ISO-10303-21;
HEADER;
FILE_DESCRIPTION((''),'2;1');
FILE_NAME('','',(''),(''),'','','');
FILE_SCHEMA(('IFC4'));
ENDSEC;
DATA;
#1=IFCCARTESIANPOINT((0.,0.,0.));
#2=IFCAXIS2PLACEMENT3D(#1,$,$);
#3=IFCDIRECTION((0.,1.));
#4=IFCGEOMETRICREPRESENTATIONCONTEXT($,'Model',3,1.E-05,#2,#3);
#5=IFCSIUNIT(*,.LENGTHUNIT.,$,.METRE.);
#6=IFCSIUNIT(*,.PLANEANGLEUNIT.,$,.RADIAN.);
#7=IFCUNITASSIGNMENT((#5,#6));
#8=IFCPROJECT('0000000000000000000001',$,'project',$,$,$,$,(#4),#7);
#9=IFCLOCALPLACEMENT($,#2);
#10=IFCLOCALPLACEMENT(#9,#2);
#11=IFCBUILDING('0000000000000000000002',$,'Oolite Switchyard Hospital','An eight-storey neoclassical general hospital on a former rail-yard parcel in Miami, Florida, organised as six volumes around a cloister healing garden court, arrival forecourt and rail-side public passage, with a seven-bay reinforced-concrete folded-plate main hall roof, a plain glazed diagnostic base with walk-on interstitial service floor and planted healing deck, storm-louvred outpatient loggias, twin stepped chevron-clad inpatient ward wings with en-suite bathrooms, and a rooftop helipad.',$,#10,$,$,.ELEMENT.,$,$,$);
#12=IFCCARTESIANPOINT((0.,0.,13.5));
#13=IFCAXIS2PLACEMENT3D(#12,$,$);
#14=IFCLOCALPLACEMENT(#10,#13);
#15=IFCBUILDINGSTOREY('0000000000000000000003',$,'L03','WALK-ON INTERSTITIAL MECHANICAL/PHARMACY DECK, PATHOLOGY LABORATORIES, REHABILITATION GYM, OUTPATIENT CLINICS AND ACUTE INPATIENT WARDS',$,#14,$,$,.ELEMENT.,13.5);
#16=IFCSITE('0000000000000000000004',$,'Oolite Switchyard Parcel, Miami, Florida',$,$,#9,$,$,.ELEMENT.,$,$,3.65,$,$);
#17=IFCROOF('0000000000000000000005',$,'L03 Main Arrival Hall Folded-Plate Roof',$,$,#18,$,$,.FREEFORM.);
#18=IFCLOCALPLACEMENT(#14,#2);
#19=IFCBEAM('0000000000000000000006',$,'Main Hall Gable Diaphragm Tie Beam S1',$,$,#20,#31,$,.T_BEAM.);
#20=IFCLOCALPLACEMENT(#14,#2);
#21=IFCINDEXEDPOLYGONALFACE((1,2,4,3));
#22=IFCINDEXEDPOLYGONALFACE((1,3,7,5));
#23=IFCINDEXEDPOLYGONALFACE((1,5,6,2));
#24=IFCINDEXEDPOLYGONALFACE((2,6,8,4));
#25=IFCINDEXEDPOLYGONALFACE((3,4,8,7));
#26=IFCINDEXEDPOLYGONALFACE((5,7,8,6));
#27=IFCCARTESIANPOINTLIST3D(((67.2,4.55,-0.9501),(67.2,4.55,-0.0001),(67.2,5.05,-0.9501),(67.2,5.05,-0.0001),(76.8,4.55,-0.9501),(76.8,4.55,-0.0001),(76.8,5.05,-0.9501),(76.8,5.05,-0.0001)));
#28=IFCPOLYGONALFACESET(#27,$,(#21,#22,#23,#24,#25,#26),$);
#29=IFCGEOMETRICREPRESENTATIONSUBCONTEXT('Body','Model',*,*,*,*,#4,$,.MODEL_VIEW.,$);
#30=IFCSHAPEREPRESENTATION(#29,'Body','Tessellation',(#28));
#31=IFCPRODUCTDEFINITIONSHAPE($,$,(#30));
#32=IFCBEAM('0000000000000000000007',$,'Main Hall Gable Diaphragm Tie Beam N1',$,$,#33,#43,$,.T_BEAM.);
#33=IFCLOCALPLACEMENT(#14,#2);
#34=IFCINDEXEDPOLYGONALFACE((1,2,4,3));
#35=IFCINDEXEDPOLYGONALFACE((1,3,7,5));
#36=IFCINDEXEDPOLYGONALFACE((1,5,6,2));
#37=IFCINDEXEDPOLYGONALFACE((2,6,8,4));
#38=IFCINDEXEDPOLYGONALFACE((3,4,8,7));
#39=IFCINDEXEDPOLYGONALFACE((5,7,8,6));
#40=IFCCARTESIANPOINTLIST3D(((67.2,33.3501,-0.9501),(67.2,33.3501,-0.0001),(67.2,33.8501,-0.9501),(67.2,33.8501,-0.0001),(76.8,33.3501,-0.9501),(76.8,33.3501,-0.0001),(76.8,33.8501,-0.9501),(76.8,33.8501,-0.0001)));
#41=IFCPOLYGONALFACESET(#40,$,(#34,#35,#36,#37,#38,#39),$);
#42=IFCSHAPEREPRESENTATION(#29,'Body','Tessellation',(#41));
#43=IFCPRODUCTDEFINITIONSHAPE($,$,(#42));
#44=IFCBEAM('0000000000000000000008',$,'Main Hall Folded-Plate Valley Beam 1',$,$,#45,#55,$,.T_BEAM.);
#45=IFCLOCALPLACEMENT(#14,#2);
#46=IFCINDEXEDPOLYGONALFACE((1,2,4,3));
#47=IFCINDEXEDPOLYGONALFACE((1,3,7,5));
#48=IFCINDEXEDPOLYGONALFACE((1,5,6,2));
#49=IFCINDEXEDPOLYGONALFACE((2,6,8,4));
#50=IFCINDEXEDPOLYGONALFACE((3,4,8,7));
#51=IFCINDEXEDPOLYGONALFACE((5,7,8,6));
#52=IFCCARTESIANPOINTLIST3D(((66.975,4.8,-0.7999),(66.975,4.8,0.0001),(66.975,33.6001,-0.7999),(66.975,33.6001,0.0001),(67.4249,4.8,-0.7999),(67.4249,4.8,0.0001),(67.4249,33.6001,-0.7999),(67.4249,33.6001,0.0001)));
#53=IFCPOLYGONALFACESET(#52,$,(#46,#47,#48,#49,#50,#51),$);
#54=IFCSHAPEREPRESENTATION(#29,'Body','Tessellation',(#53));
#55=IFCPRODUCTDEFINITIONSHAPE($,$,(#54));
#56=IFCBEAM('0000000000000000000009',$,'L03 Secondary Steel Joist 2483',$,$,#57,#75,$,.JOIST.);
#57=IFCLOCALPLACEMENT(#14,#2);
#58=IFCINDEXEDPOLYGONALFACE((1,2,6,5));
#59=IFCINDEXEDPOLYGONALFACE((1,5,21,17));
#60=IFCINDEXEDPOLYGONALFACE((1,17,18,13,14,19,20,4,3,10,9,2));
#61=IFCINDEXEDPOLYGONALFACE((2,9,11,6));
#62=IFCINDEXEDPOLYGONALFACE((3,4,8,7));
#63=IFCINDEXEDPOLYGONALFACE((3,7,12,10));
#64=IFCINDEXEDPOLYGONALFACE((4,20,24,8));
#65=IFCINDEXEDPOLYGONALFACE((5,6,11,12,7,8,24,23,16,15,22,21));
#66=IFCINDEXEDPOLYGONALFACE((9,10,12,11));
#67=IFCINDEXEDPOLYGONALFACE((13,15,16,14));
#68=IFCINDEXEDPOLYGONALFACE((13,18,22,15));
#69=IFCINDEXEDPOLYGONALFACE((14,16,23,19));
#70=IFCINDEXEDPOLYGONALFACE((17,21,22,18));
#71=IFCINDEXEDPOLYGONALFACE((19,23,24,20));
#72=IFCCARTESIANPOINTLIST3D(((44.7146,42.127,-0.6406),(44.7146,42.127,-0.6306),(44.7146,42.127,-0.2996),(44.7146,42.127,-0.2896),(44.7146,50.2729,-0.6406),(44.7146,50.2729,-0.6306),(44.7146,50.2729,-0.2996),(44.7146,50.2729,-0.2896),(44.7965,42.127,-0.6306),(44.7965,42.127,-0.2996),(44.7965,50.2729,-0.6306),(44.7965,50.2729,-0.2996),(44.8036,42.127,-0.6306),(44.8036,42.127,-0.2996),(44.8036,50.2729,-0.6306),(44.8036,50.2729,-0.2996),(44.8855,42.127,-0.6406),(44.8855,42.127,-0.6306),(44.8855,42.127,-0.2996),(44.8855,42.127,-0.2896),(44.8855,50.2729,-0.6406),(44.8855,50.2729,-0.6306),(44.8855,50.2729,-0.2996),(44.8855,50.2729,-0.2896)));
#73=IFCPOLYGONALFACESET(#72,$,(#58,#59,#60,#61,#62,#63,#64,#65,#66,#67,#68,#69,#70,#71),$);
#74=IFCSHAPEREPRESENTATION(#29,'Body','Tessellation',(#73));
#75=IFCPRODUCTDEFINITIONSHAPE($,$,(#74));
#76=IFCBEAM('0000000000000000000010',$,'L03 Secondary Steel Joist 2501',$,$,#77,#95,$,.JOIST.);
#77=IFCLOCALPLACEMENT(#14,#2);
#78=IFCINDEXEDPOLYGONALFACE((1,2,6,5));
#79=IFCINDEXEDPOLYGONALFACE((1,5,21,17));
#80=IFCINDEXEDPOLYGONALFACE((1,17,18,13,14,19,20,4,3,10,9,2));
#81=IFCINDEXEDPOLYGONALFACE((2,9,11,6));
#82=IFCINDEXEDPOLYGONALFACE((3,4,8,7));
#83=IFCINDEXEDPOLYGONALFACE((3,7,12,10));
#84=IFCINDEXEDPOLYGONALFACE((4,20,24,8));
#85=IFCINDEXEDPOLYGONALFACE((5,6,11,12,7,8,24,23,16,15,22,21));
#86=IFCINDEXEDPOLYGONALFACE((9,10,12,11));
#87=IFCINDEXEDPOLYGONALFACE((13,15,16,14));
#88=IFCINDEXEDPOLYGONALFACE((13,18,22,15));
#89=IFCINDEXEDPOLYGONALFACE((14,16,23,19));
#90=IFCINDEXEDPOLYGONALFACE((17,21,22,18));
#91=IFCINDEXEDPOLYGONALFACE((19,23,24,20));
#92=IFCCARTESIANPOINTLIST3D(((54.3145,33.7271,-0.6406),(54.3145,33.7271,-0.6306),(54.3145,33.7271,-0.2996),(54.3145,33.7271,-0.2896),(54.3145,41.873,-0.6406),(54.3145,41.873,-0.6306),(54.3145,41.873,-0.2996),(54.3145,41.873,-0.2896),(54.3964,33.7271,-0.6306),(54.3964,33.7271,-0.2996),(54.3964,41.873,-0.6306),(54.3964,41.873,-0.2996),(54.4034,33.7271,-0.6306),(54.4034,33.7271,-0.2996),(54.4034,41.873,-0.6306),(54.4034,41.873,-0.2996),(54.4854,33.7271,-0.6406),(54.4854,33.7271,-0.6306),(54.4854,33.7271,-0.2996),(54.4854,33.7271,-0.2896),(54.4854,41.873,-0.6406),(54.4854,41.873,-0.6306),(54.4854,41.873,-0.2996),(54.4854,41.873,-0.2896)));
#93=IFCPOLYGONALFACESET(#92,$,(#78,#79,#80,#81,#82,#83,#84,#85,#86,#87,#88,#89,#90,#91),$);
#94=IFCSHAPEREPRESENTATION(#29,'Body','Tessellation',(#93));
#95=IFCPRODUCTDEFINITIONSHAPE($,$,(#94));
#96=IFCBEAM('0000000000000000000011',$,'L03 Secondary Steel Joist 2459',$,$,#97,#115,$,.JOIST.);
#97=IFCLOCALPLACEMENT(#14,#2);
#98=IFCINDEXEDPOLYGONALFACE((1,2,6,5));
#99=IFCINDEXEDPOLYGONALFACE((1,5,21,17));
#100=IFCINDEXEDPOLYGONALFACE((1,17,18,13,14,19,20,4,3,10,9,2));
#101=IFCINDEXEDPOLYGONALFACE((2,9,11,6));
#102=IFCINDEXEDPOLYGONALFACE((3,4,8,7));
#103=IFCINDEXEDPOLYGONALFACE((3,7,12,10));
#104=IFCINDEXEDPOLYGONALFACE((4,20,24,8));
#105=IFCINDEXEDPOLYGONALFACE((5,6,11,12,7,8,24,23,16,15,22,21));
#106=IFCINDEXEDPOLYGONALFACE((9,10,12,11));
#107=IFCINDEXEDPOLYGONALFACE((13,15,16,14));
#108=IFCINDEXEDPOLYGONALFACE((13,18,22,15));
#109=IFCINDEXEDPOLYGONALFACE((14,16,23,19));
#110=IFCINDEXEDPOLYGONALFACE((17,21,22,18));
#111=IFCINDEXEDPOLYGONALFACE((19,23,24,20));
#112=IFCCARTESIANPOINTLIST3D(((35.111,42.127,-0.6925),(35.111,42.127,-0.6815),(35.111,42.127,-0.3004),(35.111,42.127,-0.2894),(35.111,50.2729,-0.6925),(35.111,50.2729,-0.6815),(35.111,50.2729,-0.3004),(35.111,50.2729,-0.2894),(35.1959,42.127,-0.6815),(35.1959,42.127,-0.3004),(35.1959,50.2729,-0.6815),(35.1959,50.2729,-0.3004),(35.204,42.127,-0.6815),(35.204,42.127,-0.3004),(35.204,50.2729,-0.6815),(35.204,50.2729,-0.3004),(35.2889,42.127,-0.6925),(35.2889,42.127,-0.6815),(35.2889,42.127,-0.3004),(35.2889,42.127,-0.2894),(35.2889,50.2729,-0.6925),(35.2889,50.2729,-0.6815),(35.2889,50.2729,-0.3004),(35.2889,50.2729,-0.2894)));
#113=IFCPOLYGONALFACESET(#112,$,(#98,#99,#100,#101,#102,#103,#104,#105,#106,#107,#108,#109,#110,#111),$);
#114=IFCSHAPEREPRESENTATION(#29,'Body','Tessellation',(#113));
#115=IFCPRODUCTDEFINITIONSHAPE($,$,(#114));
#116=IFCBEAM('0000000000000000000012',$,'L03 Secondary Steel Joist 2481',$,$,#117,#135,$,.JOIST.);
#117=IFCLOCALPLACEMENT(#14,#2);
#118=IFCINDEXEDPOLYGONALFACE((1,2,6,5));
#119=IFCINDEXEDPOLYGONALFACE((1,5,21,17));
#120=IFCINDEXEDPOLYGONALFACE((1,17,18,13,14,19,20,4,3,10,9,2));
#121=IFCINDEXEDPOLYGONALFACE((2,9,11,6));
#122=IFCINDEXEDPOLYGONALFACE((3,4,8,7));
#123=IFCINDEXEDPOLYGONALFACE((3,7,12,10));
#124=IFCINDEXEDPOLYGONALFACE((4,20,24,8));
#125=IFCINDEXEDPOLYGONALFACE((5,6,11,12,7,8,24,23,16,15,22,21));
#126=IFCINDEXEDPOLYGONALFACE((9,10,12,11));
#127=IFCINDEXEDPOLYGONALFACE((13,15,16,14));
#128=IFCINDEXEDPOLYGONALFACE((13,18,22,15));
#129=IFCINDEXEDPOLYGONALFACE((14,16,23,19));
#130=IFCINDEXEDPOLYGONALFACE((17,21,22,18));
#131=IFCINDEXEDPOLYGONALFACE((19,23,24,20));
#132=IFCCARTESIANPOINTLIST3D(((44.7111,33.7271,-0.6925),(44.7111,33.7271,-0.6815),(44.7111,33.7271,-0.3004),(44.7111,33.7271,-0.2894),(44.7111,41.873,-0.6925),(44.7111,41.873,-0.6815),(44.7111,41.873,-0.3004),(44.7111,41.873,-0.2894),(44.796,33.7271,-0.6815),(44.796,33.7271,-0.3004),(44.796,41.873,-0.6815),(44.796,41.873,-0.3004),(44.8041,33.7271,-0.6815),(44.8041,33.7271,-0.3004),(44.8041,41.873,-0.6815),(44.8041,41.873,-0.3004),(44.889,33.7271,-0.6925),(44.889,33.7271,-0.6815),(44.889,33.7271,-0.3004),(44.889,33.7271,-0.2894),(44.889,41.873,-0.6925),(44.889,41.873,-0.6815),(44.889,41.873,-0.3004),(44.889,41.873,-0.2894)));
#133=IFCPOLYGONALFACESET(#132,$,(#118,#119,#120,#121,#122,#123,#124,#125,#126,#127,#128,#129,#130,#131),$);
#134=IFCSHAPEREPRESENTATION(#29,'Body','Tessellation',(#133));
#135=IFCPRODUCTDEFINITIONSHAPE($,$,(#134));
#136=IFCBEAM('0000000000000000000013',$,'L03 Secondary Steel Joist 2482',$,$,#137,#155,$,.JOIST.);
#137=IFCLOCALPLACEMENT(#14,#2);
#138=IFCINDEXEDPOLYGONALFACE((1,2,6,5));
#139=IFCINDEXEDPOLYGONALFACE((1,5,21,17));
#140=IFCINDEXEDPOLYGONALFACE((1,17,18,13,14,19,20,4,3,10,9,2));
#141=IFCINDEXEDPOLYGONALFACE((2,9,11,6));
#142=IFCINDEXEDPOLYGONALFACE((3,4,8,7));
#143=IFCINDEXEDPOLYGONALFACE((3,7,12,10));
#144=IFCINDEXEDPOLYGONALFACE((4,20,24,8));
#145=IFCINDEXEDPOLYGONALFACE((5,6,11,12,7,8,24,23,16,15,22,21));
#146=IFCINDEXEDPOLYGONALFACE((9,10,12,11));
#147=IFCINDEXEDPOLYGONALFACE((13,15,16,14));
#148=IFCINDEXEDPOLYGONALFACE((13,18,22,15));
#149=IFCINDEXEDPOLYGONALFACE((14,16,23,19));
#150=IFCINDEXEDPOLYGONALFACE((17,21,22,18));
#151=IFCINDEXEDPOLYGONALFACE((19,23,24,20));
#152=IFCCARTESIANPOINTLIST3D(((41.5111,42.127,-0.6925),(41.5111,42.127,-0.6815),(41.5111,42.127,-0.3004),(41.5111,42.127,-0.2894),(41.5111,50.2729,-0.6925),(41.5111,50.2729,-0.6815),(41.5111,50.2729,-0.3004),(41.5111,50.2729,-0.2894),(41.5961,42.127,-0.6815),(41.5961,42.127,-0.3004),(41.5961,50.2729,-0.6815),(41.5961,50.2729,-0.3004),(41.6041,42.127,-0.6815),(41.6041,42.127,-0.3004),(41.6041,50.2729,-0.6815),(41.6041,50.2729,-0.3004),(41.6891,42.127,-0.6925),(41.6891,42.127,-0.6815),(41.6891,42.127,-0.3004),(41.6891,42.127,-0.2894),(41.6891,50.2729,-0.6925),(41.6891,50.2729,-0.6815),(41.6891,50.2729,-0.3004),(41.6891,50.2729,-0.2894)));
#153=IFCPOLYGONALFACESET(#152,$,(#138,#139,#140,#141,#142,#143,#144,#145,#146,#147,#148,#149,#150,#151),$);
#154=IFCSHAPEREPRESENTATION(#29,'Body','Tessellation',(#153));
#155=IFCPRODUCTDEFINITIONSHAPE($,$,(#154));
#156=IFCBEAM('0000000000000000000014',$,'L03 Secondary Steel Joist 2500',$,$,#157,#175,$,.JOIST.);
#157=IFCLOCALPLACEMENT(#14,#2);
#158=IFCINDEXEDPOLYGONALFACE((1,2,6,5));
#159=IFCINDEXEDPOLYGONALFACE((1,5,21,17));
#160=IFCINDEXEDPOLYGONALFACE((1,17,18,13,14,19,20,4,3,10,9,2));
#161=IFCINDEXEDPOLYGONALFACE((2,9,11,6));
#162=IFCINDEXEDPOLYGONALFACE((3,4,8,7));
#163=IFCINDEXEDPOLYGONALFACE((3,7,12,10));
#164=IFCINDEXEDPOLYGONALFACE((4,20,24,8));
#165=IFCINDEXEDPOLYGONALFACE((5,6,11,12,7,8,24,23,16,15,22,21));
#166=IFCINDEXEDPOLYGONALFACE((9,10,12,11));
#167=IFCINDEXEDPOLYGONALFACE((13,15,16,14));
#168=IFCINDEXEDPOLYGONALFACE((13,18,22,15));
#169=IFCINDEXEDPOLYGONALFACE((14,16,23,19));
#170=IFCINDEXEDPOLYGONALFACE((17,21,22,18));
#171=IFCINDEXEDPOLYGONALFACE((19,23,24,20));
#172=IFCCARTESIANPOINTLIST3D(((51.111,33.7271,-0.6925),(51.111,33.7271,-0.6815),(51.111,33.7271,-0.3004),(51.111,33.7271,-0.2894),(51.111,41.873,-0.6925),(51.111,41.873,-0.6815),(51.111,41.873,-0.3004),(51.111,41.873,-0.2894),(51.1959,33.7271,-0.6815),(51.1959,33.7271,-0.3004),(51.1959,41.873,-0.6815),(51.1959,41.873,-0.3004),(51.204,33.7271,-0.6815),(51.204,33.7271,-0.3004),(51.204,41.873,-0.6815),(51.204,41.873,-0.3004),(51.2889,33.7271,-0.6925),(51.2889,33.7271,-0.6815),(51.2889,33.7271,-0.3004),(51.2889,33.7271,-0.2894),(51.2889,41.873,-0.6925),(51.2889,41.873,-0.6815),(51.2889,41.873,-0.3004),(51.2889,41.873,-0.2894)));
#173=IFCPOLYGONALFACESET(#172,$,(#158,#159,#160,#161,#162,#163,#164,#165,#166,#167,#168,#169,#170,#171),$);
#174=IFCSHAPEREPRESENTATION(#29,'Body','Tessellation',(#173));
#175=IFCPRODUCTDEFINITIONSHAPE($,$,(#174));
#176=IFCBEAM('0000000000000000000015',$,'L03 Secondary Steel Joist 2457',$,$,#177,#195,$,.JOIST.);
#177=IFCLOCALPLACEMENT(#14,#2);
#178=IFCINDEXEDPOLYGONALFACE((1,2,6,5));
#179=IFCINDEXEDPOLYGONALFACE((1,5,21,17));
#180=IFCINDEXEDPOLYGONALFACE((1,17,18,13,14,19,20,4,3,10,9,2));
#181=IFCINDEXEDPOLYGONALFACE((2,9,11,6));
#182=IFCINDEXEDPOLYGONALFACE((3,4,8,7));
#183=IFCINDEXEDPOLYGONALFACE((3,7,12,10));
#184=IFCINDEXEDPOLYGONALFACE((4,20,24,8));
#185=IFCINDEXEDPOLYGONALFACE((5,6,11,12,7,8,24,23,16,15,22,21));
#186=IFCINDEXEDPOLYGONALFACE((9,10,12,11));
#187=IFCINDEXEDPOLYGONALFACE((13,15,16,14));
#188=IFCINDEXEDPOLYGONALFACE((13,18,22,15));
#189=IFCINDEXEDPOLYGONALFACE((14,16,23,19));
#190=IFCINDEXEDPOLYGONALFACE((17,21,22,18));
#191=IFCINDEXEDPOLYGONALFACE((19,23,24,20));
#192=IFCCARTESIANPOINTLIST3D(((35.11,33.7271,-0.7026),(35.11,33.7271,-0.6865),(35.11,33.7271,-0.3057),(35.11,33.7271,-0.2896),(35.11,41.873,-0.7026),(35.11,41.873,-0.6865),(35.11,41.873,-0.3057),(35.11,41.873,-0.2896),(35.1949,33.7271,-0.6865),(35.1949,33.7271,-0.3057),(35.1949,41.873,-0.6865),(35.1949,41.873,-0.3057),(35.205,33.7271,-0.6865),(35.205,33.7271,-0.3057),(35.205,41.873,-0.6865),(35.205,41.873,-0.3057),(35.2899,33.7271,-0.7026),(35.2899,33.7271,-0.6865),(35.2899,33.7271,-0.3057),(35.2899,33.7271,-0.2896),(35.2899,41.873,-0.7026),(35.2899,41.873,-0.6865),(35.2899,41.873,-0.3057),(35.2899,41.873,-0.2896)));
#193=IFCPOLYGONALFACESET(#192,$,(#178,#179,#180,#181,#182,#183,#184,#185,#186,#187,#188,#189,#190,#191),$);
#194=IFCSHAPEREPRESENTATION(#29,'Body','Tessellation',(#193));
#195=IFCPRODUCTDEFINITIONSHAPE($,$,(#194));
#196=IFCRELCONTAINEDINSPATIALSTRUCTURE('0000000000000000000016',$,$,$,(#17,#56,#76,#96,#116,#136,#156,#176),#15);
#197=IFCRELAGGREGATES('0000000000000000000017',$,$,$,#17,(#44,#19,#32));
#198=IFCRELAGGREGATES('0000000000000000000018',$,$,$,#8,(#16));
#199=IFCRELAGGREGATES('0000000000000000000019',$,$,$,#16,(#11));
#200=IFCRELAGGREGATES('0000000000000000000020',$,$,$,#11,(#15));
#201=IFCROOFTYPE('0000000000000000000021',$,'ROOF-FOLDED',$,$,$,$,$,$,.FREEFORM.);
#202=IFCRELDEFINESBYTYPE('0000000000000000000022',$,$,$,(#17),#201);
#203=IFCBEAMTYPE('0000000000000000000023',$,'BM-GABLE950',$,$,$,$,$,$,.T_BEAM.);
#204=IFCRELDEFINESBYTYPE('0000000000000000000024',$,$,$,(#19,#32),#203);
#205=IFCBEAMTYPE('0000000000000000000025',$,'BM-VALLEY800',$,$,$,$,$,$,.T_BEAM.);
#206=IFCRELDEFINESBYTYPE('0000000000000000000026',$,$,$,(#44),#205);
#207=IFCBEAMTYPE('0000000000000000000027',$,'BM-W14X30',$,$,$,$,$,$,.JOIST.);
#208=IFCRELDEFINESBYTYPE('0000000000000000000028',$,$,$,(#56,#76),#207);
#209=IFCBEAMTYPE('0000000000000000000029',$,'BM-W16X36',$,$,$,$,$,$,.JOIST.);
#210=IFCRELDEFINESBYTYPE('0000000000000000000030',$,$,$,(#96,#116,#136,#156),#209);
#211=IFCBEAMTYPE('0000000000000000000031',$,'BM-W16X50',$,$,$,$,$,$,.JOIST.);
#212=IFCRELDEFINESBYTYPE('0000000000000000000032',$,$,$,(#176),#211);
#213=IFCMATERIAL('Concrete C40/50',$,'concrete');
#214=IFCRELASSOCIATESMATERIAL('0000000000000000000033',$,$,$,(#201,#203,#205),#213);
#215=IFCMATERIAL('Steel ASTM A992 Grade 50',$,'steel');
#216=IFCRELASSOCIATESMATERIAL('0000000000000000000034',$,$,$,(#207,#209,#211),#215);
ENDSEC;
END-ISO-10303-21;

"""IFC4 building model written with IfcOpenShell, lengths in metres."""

from ifc_helpers import new_model, si_unit, direction, frame, origin, origin_2d, place, context, subcontext, project, spatial, rectangle, i_section, extrude, material, material_profile, profile_set, type_object, element, aggregate, save


model = new_model("IFC4")

# Units and contexts
model_context = context("Model", 3, precision=1e-05, world=origin(), true_north=direction((0.0, 1.0)))
body_context = subcontext(model_context, "Body", "Model", "MODEL_VIEW")
ifc_project = project(units=[si_unit("LENGTHUNIT", "METRE"), si_unit("PLANEANGLEUNIT", "RADIAN")], contexts=[model_context])

# Site, building, storey
site_placement = place(None, origin())
site = spatial("IfcSite", under=ifc_project, at=site_placement, Name="Oolite Switchyard Parcel, Miami, Florida", CompositionType="ELEMENT", RefElevation=3.65)
building_placement = place(site_placement, origin())
building = spatial("IfcBuilding", under=site, at=building_placement, Name="Oolite Switchyard Hospital", Description="An eight-storey neoclassical general hospital on a former rail-yard parcel in Miami, Florida, organised as six volumes around a cloister healing garden court, arrival forecourt and rail-side public passage, with a seven-bay reinforced-concrete folded-plate main hall roof, a plain glazed diagnostic base with walk-on interstitial service floor and planted healing deck, storm-louvred outpatient loggias, twin stepped chevron-clad inpatient ward wings with en-suite bathrooms, and a rooftop helipad.", CompositionType="ELEMENT")
storey_placement = place(building_placement, frame((0.0, 0.0, 13.5)))
storey = spatial("IfcBuildingStorey", under=building, at=storey_placement, Name="L03", Description="WALK-ON INTERSTITIAL MECHANICAL/PHARMACY DECK, PATHOLOGY LABORATORIES, REHABILITATION GYM, OUTPATIENT CLINICS AND ACUTE INPATIENT WARDS", CompositionType="ELEMENT", Elevation=13.5)

# Roof, beams
ifc_material_1 = material(Name="Concrete C40/50", Category="concrete")
roof_type = type_object("IfcRoofType", Name="ROOF-FOLDED", PredefinedType="FREEFORM", material=ifc_material_1)
roof_placement = place(storey_placement, origin())
roof = element("IfcRoof", 1, at=roof_placement, inside=storey, type_object=roof_type, Name="L03 Main Arrival Hall Folded-Plate Roof", PredefinedType="FREEFORM")
ifc_material_profile_1 = material_profile(ifc_material_1, rectangle(XDim=0.5, YDim=0.95, at=origin_2d()), Name="RCG500X950")
ifc_profile_set_1 = profile_set([ifc_material_profile_1], Name="Concrete C40/50")
beam_type_1 = type_object("IfcBeamType", Name="BM-GABLE950", PredefinedType="T_BEAM", material=ifc_profile_set_1)
beam_1_placement = place(storey_placement, frame((67.2, 4.8, -0.4751), z_axis=(1.0, 0.0, 0.0), x_axis=(0.0, 1.0, 0.0)))
beam_1 = element("IfcBeam", 2, at=beam_1_placement, type_object=beam_type_1, Name="Main Hall Gable Diaphragm Tie Beam S1", PredefinedType="T_BEAM", context=body_context, shape_type="SweptSolid", body=[
    extrude(rectangle(XDim=0.5, YDim=0.95, at=origin_2d()), origin(), (0.0, 0.0, 1.0), 9.6001),
])
beam_2_placement = place(storey_placement, frame((67.2, 33.6001, -0.4751), z_axis=(1.0, 0.0, 0.0), x_axis=(0.0, 1.0, 0.0)))
beam_2 = element("IfcBeam", 3, at=beam_2_placement, type_object=beam_type_1, Name="Main Hall Gable Diaphragm Tie Beam N1", PredefinedType="T_BEAM", context=body_context, shape_type="SweptSolid", body=[
    extrude(rectangle(XDim=0.5, YDim=0.95, at=origin_2d()), origin(), (0.0, 0.0, 1.0), 9.6001),
])
ifc_material_profile_2 = material_profile(ifc_material_1, rectangle(XDim=0.45, YDim=0.8, at=origin_2d()), Name="RCV450X800")
ifc_profile_set_2 = profile_set([ifc_material_profile_2], Name="Concrete C40/50")
beam_type_2 = type_object("IfcBeamType", Name="BM-VALLEY800", PredefinedType="T_BEAM", material=ifc_profile_set_2)
beam_3_placement = place(storey_placement, frame((67.2, 4.8, -0.3999), z_axis=(0.0, 1.0, 0.0), x_axis=(-1.0, 0.0, 0.0)))
beam_3 = element("IfcBeam", 4, at=beam_3_placement, type_object=beam_type_2, Name="Main Hall Folded-Plate Valley Beam 1", PredefinedType="T_BEAM", context=body_context, shape_type="SweptSolid", body=[
    extrude(rectangle(XDim=0.45, YDim=0.8, at=origin_2d()), origin(), (0.0, 0.0, 1.0), 28.8),
])

# Beams
ifc_material_2 = material(Name="Steel ASTM A992 Grade 50", Category="steel")
ifc_material_profile_3 = material_profile(ifc_material_2, i_section(OverallWidth=0.1709, OverallDepth=0.3511, WebThickness=0.0071, FlangeThickness=0.01, at=origin_2d()), Name="W14X30")
ifc_profile_set_3 = profile_set([ifc_material_profile_3], Name="Steel ASTM A992 Grade 50")
beam_type_3 = type_object("IfcBeamType", Name="BM-W14X30", PredefinedType="JOIST", material=ifc_profile_set_3)
for number, where, z_axis, x_axis, name in (
    (5, (44.8, 42.127, -0.4651), (0.0, 1.0, 0.0), (-1.0, 0.0, 0.0), "L03 Secondary Steel Joist 2483"),
    (6, (54.3999, 33.7271, -0.4651), (0.0, 1.0, 0.0), (-1.0, 0.0, 0.0), "L03 Secondary Steel Joist 2501"),
):
    element("IfcBeam", number, at=place(storey_placement, frame(where, z_axis=z_axis, x_axis=x_axis)), inside=storey, type_object=beam_type_3, Name=name, PredefinedType="JOIST", context=body_context, shape_type="SweptSolid", body=[
        extrude(i_section(OverallWidth=0.1709, OverallDepth=0.3511, WebThickness=0.0071, FlangeThickness=0.01, at=origin_2d()), origin(), (0.0, 0.0, 1.0), 8.146),
    ])
ifc_material_profile_4 = material_profile(ifc_material_2, i_section(OverallWidth=0.178, OverallDepth=0.4031, WebThickness=0.0081, FlangeThickness=0.011, at=origin_2d()), Name="W16X36")
ifc_profile_set_4 = profile_set([ifc_material_profile_4], Name="Steel ASTM A992 Grade 50")
beam_type_4 = type_object("IfcBeamType", Name="BM-W16X36", PredefinedType="JOIST", material=ifc_profile_set_4)
for number, where, z_axis, x_axis, name in (
    (7, (35.2, 42.127, -0.491), (0.0, 1.0, 0.0), (-1.0, 0.0, 0.0), "L03 Secondary Steel Joist 2459"),
    (8, (44.8, 33.7271, -0.491), (0.0, 1.0, 0.0), (-1.0, 0.0, 0.0), "L03 Secondary Steel Joist 2481"),
    (9, (41.6001, 42.127, -0.491), (0.0, 1.0, 0.0), (-1.0, 0.0, 0.0), "L03 Secondary Steel Joist 2482"),
    (10, (51.2, 33.7271, -0.491), (0.0, 1.0, 0.0), (-1.0, 0.0, 0.0), "L03 Secondary Steel Joist 2500"),
):
    element("IfcBeam", number, at=place(storey_placement, frame(where, z_axis=z_axis, x_axis=x_axis)), inside=storey, type_object=beam_type_4, Name=name, PredefinedType="JOIST", context=body_context, shape_type="SweptSolid", body=[
        extrude(i_section(OverallWidth=0.178, OverallDepth=0.4031, WebThickness=0.0081, FlangeThickness=0.011, at=origin_2d()), origin(), (0.0, 0.0, 1.0), 8.146),
    ])
ifc_material_profile_5 = material_profile(ifc_material_2, i_section(OverallWidth=0.1799, OverallDepth=0.4131, WebThickness=0.01, FlangeThickness=0.0161, at=origin_2d()), Name="W16X50")
ifc_profile_set_5 = profile_set([ifc_material_profile_5], Name="Steel ASTM A992 Grade 50")
beam_type_5 = type_object("IfcBeamType", Name="BM-W16X50", PredefinedType="JOIST", material=ifc_profile_set_5)
for number, where, z_axis, x_axis, name in (
    (11, (35.2, 33.7271, -0.4961), (0.0, 1.0, 0.0), (-1.0, 0.0, 0.0), "L03 Secondary Steel Joist 2457"),
):
    element("IfcBeam", number, at=place(storey_placement, frame(where, z_axis=z_axis, x_axis=x_axis)), inside=storey, type_object=beam_type_5, Name=name, PredefinedType="JOIST", context=body_context, shape_type="SweptSolid", body=[
        extrude(i_section(OverallWidth=0.1799, OverallDepth=0.4131, WebThickness=0.01, FlangeThickness=0.0161, at=origin_2d()), origin(), (0.0, 0.0, 1.0), 8.146),
    ])

aggregate(roof, [beam_3, beam_1, beam_2])

save(model, "model.ifc")
